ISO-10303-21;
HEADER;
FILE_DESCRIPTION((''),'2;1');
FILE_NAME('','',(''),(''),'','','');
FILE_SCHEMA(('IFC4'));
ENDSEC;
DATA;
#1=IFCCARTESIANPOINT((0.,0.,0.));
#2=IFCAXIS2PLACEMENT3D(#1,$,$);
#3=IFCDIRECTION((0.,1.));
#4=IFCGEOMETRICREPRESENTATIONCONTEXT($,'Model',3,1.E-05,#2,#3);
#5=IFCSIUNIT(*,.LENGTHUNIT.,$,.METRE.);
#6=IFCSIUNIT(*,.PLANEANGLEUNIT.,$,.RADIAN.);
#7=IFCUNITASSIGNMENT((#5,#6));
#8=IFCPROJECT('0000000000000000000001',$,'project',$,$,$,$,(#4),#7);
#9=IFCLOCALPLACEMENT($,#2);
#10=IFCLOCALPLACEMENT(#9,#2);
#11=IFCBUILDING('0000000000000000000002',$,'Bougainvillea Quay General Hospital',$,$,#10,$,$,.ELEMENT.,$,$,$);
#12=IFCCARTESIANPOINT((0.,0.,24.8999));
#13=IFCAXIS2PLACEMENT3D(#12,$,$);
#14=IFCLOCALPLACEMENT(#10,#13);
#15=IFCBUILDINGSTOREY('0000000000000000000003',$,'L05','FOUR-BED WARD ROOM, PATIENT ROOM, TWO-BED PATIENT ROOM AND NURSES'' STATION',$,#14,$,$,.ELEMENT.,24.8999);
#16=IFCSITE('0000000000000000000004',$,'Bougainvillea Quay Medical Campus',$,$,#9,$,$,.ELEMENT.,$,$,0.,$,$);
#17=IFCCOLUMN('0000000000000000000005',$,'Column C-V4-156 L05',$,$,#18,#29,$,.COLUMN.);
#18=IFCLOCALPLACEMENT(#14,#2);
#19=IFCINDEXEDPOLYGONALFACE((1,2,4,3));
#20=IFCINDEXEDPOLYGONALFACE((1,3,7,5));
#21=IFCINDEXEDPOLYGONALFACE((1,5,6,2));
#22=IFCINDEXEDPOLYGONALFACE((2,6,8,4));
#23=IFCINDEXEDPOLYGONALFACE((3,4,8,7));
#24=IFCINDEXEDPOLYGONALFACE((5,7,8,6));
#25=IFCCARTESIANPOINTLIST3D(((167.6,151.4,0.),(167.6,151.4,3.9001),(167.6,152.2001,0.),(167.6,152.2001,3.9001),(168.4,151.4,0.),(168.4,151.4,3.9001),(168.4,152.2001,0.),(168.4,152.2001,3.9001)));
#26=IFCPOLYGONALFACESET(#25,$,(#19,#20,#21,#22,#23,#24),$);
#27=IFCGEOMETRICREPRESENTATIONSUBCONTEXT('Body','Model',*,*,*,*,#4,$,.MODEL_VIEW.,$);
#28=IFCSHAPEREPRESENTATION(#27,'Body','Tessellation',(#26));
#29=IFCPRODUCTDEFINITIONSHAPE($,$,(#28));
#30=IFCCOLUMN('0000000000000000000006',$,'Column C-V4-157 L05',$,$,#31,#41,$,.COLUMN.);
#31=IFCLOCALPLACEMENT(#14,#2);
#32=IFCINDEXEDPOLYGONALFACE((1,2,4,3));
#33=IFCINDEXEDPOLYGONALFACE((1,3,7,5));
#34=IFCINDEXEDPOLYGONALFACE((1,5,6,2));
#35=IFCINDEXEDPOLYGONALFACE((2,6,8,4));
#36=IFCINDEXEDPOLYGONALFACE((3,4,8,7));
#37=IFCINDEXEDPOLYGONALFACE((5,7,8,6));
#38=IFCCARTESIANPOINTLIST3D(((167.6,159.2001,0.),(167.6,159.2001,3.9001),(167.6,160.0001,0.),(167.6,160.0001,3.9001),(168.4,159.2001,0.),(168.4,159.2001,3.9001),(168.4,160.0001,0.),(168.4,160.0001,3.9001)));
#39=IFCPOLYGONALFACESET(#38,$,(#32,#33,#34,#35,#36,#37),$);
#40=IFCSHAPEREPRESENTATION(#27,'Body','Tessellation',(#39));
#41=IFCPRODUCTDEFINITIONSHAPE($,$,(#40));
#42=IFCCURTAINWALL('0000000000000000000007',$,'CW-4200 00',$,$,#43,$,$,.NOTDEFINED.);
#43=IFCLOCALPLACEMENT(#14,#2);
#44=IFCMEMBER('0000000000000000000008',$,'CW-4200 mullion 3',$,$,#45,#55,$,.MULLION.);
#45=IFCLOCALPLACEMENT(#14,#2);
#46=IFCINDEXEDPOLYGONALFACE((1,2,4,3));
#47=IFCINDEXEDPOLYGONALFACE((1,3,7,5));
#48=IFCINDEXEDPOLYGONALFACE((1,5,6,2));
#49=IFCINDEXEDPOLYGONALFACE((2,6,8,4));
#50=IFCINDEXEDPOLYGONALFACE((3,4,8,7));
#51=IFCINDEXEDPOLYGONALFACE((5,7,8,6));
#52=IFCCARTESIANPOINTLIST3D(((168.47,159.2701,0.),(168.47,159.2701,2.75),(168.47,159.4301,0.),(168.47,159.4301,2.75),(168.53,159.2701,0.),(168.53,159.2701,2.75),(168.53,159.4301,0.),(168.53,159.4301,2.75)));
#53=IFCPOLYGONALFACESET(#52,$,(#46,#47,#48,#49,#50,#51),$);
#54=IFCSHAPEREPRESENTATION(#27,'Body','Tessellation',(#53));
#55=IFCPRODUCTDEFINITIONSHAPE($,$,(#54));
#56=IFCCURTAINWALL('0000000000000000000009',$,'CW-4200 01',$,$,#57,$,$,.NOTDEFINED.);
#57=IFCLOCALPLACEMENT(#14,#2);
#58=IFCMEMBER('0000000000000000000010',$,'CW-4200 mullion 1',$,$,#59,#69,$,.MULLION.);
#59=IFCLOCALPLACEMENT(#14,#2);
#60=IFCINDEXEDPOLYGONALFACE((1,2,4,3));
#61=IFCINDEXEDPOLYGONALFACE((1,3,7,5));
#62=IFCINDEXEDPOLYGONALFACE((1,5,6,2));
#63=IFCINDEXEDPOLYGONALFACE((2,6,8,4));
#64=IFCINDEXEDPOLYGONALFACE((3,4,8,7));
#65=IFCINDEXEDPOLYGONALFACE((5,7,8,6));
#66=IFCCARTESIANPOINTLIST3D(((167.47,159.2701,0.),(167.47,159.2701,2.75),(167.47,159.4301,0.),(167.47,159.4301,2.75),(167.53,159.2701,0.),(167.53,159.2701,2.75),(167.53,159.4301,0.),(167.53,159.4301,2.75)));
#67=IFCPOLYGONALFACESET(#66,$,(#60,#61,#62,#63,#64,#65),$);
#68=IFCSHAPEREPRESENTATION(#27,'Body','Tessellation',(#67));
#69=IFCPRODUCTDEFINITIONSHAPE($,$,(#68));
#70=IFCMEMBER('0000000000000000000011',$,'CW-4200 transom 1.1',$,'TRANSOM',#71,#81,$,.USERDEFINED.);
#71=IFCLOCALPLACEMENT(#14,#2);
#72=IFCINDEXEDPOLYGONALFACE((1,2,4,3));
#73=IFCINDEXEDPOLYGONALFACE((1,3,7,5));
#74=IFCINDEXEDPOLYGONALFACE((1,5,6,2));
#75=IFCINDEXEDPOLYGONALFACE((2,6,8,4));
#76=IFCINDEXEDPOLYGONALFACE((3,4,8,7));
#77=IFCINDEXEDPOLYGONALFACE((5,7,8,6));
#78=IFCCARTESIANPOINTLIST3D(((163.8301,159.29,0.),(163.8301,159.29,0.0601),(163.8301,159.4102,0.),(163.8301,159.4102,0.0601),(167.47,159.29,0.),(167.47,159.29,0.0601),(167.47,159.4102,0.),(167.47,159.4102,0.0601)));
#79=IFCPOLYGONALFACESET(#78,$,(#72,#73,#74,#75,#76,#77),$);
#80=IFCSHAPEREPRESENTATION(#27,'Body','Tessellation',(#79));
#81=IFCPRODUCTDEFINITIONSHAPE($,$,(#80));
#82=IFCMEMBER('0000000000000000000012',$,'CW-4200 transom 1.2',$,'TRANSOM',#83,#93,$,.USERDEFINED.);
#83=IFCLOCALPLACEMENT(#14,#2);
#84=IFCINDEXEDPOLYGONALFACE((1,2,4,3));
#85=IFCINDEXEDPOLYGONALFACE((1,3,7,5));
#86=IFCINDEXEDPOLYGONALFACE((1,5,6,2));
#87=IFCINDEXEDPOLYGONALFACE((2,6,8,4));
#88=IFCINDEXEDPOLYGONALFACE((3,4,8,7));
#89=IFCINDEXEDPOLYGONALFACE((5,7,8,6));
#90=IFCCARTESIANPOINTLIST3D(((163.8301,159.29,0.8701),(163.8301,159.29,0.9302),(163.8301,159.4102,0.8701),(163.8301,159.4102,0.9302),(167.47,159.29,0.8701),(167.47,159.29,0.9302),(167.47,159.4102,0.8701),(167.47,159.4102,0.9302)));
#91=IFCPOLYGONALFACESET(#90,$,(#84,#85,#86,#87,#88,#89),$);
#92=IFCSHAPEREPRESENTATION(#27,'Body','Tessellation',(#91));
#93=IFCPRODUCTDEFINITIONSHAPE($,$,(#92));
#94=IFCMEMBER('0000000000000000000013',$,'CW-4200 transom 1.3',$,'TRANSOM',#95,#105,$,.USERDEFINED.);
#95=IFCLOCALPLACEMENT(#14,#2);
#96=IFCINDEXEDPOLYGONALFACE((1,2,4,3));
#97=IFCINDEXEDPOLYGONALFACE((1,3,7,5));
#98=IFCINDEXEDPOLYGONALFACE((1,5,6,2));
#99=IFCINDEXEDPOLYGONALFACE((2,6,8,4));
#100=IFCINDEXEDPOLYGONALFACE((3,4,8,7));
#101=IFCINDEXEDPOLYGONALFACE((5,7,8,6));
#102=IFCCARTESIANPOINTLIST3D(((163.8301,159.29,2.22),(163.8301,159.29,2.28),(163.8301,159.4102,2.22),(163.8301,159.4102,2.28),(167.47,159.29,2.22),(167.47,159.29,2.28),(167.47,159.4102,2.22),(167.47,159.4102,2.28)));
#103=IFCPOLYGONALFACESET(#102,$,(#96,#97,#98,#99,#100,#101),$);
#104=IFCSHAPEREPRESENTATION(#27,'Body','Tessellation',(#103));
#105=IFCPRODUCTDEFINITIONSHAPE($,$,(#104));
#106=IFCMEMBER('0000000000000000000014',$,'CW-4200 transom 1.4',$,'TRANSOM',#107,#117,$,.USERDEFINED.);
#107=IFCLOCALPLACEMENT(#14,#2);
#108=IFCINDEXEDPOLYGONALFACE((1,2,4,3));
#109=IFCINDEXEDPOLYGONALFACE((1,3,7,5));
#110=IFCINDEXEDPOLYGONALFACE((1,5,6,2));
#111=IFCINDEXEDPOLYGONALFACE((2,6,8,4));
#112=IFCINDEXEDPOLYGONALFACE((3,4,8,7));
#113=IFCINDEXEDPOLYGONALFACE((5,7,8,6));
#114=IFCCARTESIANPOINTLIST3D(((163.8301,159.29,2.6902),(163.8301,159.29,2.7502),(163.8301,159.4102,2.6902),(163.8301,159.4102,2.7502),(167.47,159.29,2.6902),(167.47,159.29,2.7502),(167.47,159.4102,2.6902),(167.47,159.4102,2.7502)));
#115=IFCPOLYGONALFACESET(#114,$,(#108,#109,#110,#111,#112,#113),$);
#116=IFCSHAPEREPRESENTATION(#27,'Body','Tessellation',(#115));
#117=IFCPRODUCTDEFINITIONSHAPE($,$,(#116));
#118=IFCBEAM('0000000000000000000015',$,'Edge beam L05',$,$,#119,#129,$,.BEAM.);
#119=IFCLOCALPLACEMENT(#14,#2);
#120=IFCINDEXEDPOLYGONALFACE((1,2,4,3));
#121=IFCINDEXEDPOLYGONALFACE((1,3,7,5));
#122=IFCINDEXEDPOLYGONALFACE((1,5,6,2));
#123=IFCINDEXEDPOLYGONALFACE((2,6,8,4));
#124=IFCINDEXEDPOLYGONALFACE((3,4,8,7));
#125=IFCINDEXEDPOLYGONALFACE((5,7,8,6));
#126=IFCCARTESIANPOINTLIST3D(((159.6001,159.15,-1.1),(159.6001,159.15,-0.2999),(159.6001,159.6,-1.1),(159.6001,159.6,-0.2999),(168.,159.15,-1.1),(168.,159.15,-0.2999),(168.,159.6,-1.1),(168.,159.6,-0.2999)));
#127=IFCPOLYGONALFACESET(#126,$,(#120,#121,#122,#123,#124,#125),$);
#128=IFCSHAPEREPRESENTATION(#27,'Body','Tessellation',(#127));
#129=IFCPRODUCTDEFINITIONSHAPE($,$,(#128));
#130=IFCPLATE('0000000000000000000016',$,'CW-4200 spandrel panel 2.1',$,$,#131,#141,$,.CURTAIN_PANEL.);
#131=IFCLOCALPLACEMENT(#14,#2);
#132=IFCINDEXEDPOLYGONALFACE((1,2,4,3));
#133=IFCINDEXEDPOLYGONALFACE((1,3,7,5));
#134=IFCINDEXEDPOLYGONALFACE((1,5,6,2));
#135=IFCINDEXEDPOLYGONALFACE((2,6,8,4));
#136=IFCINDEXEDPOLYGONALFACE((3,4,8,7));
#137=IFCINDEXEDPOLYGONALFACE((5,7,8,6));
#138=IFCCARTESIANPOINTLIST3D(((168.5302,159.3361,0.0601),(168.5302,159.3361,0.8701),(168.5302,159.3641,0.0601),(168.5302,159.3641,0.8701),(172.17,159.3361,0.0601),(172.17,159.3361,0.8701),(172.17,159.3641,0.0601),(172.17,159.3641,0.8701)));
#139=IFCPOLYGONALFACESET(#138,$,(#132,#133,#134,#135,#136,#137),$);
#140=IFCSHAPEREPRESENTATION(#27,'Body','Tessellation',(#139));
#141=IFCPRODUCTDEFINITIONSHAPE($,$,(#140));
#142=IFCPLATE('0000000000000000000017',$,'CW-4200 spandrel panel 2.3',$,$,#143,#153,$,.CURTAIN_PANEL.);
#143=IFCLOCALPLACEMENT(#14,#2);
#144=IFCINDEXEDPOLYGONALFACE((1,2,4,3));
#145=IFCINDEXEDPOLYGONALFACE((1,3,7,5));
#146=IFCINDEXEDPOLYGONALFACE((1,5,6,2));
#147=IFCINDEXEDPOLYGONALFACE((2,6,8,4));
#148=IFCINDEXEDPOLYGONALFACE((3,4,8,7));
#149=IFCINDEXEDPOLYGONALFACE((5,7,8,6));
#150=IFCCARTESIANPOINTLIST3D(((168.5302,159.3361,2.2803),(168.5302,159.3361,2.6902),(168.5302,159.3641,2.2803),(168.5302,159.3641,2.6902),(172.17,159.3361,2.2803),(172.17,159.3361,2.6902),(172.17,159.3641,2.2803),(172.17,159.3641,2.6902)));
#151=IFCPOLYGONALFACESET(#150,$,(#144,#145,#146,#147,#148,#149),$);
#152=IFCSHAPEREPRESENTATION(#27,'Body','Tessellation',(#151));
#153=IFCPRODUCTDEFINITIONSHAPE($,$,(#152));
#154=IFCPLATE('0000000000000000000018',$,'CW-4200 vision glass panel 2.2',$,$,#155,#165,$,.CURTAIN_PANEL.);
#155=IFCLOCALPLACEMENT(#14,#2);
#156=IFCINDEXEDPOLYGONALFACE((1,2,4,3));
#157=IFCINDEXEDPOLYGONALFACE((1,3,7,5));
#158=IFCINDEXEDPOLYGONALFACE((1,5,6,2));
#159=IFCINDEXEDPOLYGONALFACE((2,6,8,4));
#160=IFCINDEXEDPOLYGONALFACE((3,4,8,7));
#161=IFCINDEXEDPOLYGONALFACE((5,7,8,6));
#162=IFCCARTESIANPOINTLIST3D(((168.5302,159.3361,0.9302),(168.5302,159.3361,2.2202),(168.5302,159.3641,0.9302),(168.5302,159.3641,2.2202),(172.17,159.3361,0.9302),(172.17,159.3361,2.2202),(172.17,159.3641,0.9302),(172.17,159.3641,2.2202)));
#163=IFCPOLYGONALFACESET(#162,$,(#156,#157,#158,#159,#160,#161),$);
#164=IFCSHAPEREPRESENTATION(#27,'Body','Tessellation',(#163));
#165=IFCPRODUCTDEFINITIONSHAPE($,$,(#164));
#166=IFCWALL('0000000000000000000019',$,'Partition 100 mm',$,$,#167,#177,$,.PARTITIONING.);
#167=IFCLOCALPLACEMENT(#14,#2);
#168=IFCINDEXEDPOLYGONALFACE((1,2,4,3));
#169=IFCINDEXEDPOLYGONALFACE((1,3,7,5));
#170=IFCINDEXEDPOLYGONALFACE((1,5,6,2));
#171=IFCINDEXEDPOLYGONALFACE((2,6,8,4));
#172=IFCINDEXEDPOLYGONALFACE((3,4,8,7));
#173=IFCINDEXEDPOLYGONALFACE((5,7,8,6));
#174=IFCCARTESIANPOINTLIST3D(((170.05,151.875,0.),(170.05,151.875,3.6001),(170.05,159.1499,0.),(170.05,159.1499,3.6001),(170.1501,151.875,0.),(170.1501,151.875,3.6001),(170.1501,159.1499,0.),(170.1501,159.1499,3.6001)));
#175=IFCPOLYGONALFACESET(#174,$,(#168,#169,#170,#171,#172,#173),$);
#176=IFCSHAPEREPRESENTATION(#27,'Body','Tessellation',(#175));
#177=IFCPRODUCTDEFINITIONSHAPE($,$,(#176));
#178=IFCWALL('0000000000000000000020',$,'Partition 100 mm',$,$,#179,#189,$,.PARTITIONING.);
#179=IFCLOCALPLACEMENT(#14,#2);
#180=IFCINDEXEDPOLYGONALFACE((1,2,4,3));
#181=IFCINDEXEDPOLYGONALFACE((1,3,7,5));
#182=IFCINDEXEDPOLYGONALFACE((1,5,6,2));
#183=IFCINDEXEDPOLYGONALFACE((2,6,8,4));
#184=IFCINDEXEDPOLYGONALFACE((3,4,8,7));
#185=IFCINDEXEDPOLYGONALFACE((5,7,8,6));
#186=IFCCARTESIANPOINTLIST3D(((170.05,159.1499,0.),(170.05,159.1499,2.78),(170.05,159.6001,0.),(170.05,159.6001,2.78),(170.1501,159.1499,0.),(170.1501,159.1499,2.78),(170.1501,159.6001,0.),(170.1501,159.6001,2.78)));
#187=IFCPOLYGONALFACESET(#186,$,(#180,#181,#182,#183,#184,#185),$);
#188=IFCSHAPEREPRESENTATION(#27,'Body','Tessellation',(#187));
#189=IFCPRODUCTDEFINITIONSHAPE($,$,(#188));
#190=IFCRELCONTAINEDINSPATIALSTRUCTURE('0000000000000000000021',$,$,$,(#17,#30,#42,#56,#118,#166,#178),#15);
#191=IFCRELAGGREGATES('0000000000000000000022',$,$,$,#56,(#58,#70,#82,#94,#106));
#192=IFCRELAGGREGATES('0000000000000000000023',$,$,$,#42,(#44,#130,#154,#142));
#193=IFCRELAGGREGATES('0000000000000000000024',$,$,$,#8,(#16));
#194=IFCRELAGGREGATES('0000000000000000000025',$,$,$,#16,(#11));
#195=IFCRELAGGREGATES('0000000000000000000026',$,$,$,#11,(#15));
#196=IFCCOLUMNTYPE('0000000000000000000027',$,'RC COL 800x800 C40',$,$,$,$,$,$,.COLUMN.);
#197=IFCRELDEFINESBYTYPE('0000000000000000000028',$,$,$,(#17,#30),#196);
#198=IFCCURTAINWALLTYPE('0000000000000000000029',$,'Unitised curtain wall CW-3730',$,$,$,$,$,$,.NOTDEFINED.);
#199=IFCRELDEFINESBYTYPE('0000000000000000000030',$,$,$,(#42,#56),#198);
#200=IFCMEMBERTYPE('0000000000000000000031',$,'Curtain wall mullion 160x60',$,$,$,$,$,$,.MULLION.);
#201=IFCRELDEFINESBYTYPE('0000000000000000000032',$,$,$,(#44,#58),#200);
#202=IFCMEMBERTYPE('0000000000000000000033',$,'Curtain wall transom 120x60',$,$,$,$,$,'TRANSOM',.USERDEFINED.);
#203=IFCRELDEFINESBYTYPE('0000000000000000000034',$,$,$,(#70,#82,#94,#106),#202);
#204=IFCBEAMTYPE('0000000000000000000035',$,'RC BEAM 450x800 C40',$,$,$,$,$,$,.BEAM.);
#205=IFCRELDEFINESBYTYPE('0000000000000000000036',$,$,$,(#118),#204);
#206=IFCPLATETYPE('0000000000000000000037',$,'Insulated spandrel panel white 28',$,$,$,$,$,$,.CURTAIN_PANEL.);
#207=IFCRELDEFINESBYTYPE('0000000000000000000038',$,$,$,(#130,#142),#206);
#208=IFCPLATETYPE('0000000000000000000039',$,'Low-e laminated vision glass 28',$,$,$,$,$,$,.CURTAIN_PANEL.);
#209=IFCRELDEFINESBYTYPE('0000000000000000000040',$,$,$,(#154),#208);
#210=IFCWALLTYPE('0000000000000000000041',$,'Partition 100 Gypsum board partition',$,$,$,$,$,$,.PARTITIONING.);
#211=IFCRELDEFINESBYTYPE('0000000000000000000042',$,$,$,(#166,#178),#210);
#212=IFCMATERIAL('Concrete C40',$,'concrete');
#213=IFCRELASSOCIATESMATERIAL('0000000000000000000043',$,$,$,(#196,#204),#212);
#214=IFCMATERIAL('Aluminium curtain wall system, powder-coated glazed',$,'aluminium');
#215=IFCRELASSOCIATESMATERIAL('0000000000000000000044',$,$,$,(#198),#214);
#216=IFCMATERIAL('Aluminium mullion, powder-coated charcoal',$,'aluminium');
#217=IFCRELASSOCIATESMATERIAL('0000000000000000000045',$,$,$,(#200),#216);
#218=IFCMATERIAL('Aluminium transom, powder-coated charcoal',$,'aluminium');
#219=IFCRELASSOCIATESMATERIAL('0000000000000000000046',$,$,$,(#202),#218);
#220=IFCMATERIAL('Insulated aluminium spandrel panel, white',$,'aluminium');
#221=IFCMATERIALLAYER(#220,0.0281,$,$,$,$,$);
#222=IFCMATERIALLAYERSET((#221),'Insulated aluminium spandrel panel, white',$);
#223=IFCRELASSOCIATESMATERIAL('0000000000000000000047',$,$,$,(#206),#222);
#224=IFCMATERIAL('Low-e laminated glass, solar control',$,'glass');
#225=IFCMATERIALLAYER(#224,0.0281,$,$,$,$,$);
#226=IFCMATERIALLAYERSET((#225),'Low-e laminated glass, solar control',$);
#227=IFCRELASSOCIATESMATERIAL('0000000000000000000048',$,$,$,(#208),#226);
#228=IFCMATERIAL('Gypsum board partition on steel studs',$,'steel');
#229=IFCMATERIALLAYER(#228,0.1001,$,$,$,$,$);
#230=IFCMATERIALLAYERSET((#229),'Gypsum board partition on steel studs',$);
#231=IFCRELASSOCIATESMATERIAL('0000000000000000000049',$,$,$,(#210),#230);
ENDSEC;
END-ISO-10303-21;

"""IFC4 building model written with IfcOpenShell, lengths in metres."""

from ifc_helpers import new_model, si_unit, direction, frame, frame_2d, origin, origin_2d, place, context, subcontext, project, spatial, rectangle, extrude, material, layer, layer_set, material_profile, profile_set, type_object, element, aggregate, save


model = new_model("IFC4")

# Units and contexts
model_context = context("Model", 3, precision=1e-05, world=origin(), true_north=direction((0.0, 1.0)))
body_context = subcontext(model_context, "Body", "Model", "MODEL_VIEW")
ifc_project = project(units=[si_unit("LENGTHUNIT", "METRE"), si_unit("PLANEANGLEUNIT", "RADIAN")], contexts=[model_context])

# Site, building, storey
site_placement = place(None, origin())
site = spatial("IfcSite", under=ifc_project, at=site_placement, Name="Bougainvillea Quay Medical Campus", CompositionType="ELEMENT", RefElevation=0.0)
building_placement = place(site_placement, origin())
building = spatial("IfcBuilding", under=site, at=building_placement, Name="Bougainvillea Quay General Hospital", CompositionType="ELEMENT")
storey_placement = place(building_placement, frame((0.0, 0.0, 24.8999)))
storey = spatial("IfcBuildingStorey", under=building, at=storey_placement, Name="L05", Description="FOUR-BED WARD ROOM, PATIENT ROOM, TWO-BED PATIENT ROOM AND NURSES' STATION", CompositionType="ELEMENT", Elevation=24.8999)

# Columns
ifc_material_1 = material(Name="Concrete C40", Category="concrete")
ifc_material_profile_1 = material_profile(ifc_material_1, rectangle(XDim=0.8, YDim=0.8, at=origin_2d()))
ifc_profile_set_1 = profile_set([ifc_material_profile_1], Name="Concrete C40")
column_type = type_object("IfcColumnType", Name="RC COL 800x800 C40", PredefinedType="COLUMN", material=ifc_profile_set_1)
for number, where, z_axis, x_axis, name in (
    (1, (168.0, 151.8, 0.0), (0.0, 0.0, 1.0), (1.0, 0.0, 0.0), "Column C-V4-156 L05"),
    (2, (168.0, 159.6001, 0.0), (0.0, 0.0, 1.0), (1.0, 0.0, 0.0), "Column C-V4-157 L05"),
):
    element("IfcColumn", number, at=place(storey_placement, frame(where, z_axis=z_axis, x_axis=x_axis)), inside=storey, type_object=column_type, Name=name, PredefinedType="COLUMN", context=body_context, shape_type="SweptSolid", body=[
        extrude(rectangle(XDim=0.8, YDim=0.8, at=origin_2d()), origin(), (0.0, 0.0, 1.0), 3.9001),
    ])

# Curtain wall, member
ifc_material_2 = material(Name="Aluminium curtain wall system, powder-coated glazed", Category="aluminium")
curtain_wall_type = type_object("IfcCurtainWallType", Name="Unitised curtain wall CW-3730", PredefinedType="NOTDEFINED", material=ifc_material_2)
curtain_wall_1_placement = place(storey_placement, origin())
curtain_wall_1 = element("IfcCurtainWall", 3, at=curtain_wall_1_placement, inside=storey, type_object=curtain_wall_type, Name="CW-4200 00", PredefinedType="NOTDEFINED")
ifc_material_3 = material(Name="Aluminium mullion, powder-coated charcoal", Category="aluminium")
ifc_material_profile_2 = material_profile(ifc_material_3, rectangle(XDim=0.1599, YDim=0.0601, at=origin_2d()))
ifc_profile_set_2 = profile_set([ifc_material_profile_2], Name="Aluminium mullion, powder-coated charcoal")
member_type_1 = type_object("IfcMemberType", Name="Curtain wall mullion 160x60", PredefinedType="MULLION", material=ifc_profile_set_2)
member_1_placement = place(storey_placement, frame((168.5, 159.3501, 0.0), z_axis=(0.0, 0.0, 1.0), x_axis=(0.0, -1.0, 0.0)))
member_1 = element("IfcMember", 4, at=member_1_placement, type_object=member_type_1, Name="CW-4200 mullion 3", PredefinedType="MULLION", context=body_context, shape_type="SweptSolid", body=[
    extrude(rectangle(XDim=0.1599, YDim=0.0601, at=origin_2d()), origin(), (0.0, 0.0, 1.0), 2.75),
])

# Curtain wall, members
curtain_wall_2_placement = place(storey_placement, origin())
curtain_wall_2 = element("IfcCurtainWall", 5, at=curtain_wall_2_placement, inside=storey, type_object=curtain_wall_type, Name="CW-4200 01", PredefinedType="NOTDEFINED")
member_2_placement = place(storey_placement, frame((167.5, 159.3501, 0.0), z_axis=(0.0, 0.0, 1.0), x_axis=(0.0, -1.0, 0.0)))
member_2 = element("IfcMember", 6, at=member_2_placement, type_object=member_type_1, Name="CW-4200 mullion 1", PredefinedType="MULLION", context=body_context, shape_type="SweptSolid", body=[
    extrude(rectangle(XDim=0.1599, YDim=0.0601, at=origin_2d()), origin(), (0.0, 0.0, 1.0), 2.75),
])
ifc_material_4 = material(Name="Aluminium transom, powder-coated charcoal", Category="aluminium")
ifc_material_profile_3 = material_profile(ifc_material_4, rectangle(XDim=0.1201, YDim=0.0601, at=origin_2d()))
ifc_profile_set_3 = profile_set([ifc_material_profile_3], Name="Aluminium transom, powder-coated charcoal")
member_type_2 = type_object("IfcMemberType", Name="Curtain wall transom 120x60", ElementType="TRANSOM", PredefinedType="USERDEFINED", material=ifc_profile_set_3)
member_3_placement = place(storey_placement, frame((167.47, 159.3501, 0.03), z_axis=(-1.0, 0.0, 0.0), x_axis=(0.0, -1.0, 0.0)))
member_3 = element("IfcMember", 7, at=member_3_placement, type_object=member_type_2, Name="CW-4200 transom 1.1", ObjectType="TRANSOM", PredefinedType="USERDEFINED", context=body_context, shape_type="SweptSolid", body=[
    extrude(rectangle(XDim=0.1201, YDim=0.0601, at=origin_2d()), origin(), (0.0, 0.0, 1.0), 3.6399),
])
member_4_placement = place(storey_placement, frame((167.47, 159.3501, 0.9001), z_axis=(-1.0, 0.0, 0.0), x_axis=(0.0, -1.0, 0.0)))
member_4 = element("IfcMember", 8, at=member_4_placement, type_object=member_type_2, Name="CW-4200 transom 1.2", ObjectType="TRANSOM", PredefinedType="USERDEFINED", context=body_context, shape_type="SweptSolid", body=[
    extrude(rectangle(XDim=0.1201, YDim=0.0601, at=origin_2d()), origin(), (0.0, 0.0, 1.0), 3.6399),
])
member_5_placement = place(storey_placement, frame((167.47, 159.3501, 2.25), z_axis=(-1.0, 0.0, 0.0), x_axis=(0.0, -1.0, 0.0)))
member_5 = element("IfcMember", 9, at=member_5_placement, type_object=member_type_2, Name="CW-4200 transom 1.3", ObjectType="TRANSOM", PredefinedType="USERDEFINED", context=body_context, shape_type="SweptSolid", body=[
    extrude(rectangle(XDim=0.1201, YDim=0.0601, at=origin_2d()), origin(), (0.0, 0.0, 1.0), 3.6399),
])
member_6_placement = place(storey_placement, frame((167.47, 159.3501, 2.7202), z_axis=(-1.0, 0.0, 0.0), x_axis=(0.0, -1.0, 0.0)))
member_6 = element("IfcMember", 10, at=member_6_placement, type_object=member_type_2, Name="CW-4200 transom 1.4", ObjectType="TRANSOM", PredefinedType="USERDEFINED", context=body_context, shape_type="SweptSolid", body=[
    extrude(rectangle(XDim=0.1201, YDim=0.0601, at=origin_2d()), origin(), (0.0, 0.0, 1.0), 3.6399),
])
aggregate(curtain_wall_2, [member_2, member_3, member_4, member_5, member_6])

# Beam
ifc_material_profile_4 = material_profile(ifc_material_1, rectangle(XDim=0.45, YDim=0.8, at=origin_2d()))
ifc_profile_set_4 = profile_set([ifc_material_profile_4], Name="Concrete C40")
beam_type = type_object("IfcBeamType", Name="RC BEAM 450x800 C40", PredefinedType="BEAM", material=ifc_profile_set_4)
beam_placement = place(storey_placement, frame((168.0, 159.375, -0.7), z_axis=(-1.0, 0.0, 0.0), x_axis=(0.0, -1.0, 0.0)))
element("IfcBeam", 11, at=beam_placement, inside=storey, type_object=beam_type, Name="Edge beam L05", PredefinedType="BEAM", context=body_context, shape_type="SweptSolid", body=[
    extrude(rectangle(XDim=0.45, YDim=0.8, at=origin_2d()), origin(), (0.0, 0.0, 1.0), 8.3999),
])

# Plates
ifc_material_5 = material(Name="Insulated aluminium spandrel panel, white", Category="aluminium")
ifc_layer_1 = layer(ifc_material_5, 0.0281)
ifc_layer_set_1 = layer_set([ifc_layer_1], Name="Insulated aluminium spandrel panel, white")
plate_type_1 = type_object("IfcPlateType", Name="Insulated spandrel panel white 28", PredefinedType="CURTAIN_PANEL", material=ifc_layer_set_1)
plate_1_placement = place(storey_placement, frame((170.3501, 159.3501, 0.0601), z_axis=(0.0, 0.0, 1.0), x_axis=(-1.0, 0.0, 0.0)))
plate_1 = element("IfcPlate", 12, at=plate_1_placement, type_object=plate_type_1, Name="CW-4200 spandrel panel 2.1", PredefinedType="CURTAIN_PANEL", context=body_context, shape_type="SweptSolid", body=[
    extrude(rectangle(XDim=3.6399, YDim=0.0281, at=origin_2d()), origin(), (0.0, 0.0, 1.0), 0.8101),
])
plate_2_placement = place(storey_placement, frame((170.3501, 159.3501, 2.2803), z_axis=(0.0, 0.0, 1.0), x_axis=(-1.0, 0.0, 0.0)))
plate_2 = element("IfcPlate", 13, at=plate_2_placement, type_object=plate_type_1, Name="CW-4200 spandrel panel 2.3", PredefinedType="CURTAIN_PANEL", context=body_context, shape_type="SweptSolid", body=[
    extrude(rectangle(XDim=3.6399, YDim=0.0281, at=origin_2d()), origin(), (0.0, 0.0, 1.0), 0.4099),
])
ifc_material_6 = material(Name="Low-e laminated glass, solar control", Category="glass")
ifc_layer_2 = layer(ifc_material_6, 0.0281)
ifc_layer_set_2 = layer_set([ifc_layer_2], Name="Low-e laminated glass, solar control")
plate_type_2 = type_object("IfcPlateType", Name="Low-e laminated vision glass 28", PredefinedType="CURTAIN_PANEL", material=ifc_layer_set_2)
plate_3_placement = place(storey_placement, frame((170.3501, 159.3501, 0.9302), z_axis=(0.0, 0.0, 1.0), x_axis=(-1.0, 0.0, 0.0)))
plate_3 = element("IfcPlate", 14, at=plate_3_placement, type_object=plate_type_2, Name="CW-4200 vision glass panel 2.2", PredefinedType="CURTAIN_PANEL", context=body_context, shape_type="SweptSolid", body=[
    extrude(rectangle(XDim=3.6399, YDim=0.0281, at=origin_2d()), origin(), (0.0, 0.0, 1.0), 1.29),
])
aggregate(curtain_wall_1, [member_1, plate_1, plate_3, plate_2])

# Walls
ifc_material_7 = material(Name="Gypsum board partition on steel studs", Category="steel")
ifc_layer_3 = layer(ifc_material_7, 0.1001)
ifc_layer_set_3 = layer_set([ifc_layer_3], Name="Gypsum board partition on steel studs")
wall_type_1 = type_object("IfcWallType", Name="Partition 100 Gypsum board partition", PredefinedType="PARTITIONING", material=ifc_layer_set_3)
wall_1_placement = place(storey_placement, frame((170.1001, 151.875, 0.0), z_axis=(0.0, 0.0, 1.0), x_axis=(0.0, 1.0, 0.0)))
element("IfcWall", 15, at=wall_1_placement, inside=storey, type_object=wall_type_1, Name="Partition 100 mm", PredefinedType="PARTITIONING", context=body_context, shape_type="SweptSolid", body=[
    extrude(rectangle(XDim=7.2749, YDim=0.1001, at=frame_2d((3.6375, 0.0))), origin(), (0.0, 0.0, 1.0), 3.6001),
])
wall_2_placement = place(storey_placement, frame((170.1001, 159.1499, 0.0), z_axis=(0.0, 0.0, 1.0), x_axis=(0.0, 1.0, 0.0)))
element("IfcWall", 16, at=wall_2_placement, inside=storey, type_object=wall_type_1, Name="Partition 100 mm", PredefinedType="PARTITIONING", context=body_context, shape_type="SweptSolid", body=[
    extrude(rectangle(XDim=0.4502, YDim=0.1001, at=frame_2d((0.2251, 0.0))), origin(), (0.0, 0.0, 1.0), 2.78),
])

save(model, "model.ifc")
